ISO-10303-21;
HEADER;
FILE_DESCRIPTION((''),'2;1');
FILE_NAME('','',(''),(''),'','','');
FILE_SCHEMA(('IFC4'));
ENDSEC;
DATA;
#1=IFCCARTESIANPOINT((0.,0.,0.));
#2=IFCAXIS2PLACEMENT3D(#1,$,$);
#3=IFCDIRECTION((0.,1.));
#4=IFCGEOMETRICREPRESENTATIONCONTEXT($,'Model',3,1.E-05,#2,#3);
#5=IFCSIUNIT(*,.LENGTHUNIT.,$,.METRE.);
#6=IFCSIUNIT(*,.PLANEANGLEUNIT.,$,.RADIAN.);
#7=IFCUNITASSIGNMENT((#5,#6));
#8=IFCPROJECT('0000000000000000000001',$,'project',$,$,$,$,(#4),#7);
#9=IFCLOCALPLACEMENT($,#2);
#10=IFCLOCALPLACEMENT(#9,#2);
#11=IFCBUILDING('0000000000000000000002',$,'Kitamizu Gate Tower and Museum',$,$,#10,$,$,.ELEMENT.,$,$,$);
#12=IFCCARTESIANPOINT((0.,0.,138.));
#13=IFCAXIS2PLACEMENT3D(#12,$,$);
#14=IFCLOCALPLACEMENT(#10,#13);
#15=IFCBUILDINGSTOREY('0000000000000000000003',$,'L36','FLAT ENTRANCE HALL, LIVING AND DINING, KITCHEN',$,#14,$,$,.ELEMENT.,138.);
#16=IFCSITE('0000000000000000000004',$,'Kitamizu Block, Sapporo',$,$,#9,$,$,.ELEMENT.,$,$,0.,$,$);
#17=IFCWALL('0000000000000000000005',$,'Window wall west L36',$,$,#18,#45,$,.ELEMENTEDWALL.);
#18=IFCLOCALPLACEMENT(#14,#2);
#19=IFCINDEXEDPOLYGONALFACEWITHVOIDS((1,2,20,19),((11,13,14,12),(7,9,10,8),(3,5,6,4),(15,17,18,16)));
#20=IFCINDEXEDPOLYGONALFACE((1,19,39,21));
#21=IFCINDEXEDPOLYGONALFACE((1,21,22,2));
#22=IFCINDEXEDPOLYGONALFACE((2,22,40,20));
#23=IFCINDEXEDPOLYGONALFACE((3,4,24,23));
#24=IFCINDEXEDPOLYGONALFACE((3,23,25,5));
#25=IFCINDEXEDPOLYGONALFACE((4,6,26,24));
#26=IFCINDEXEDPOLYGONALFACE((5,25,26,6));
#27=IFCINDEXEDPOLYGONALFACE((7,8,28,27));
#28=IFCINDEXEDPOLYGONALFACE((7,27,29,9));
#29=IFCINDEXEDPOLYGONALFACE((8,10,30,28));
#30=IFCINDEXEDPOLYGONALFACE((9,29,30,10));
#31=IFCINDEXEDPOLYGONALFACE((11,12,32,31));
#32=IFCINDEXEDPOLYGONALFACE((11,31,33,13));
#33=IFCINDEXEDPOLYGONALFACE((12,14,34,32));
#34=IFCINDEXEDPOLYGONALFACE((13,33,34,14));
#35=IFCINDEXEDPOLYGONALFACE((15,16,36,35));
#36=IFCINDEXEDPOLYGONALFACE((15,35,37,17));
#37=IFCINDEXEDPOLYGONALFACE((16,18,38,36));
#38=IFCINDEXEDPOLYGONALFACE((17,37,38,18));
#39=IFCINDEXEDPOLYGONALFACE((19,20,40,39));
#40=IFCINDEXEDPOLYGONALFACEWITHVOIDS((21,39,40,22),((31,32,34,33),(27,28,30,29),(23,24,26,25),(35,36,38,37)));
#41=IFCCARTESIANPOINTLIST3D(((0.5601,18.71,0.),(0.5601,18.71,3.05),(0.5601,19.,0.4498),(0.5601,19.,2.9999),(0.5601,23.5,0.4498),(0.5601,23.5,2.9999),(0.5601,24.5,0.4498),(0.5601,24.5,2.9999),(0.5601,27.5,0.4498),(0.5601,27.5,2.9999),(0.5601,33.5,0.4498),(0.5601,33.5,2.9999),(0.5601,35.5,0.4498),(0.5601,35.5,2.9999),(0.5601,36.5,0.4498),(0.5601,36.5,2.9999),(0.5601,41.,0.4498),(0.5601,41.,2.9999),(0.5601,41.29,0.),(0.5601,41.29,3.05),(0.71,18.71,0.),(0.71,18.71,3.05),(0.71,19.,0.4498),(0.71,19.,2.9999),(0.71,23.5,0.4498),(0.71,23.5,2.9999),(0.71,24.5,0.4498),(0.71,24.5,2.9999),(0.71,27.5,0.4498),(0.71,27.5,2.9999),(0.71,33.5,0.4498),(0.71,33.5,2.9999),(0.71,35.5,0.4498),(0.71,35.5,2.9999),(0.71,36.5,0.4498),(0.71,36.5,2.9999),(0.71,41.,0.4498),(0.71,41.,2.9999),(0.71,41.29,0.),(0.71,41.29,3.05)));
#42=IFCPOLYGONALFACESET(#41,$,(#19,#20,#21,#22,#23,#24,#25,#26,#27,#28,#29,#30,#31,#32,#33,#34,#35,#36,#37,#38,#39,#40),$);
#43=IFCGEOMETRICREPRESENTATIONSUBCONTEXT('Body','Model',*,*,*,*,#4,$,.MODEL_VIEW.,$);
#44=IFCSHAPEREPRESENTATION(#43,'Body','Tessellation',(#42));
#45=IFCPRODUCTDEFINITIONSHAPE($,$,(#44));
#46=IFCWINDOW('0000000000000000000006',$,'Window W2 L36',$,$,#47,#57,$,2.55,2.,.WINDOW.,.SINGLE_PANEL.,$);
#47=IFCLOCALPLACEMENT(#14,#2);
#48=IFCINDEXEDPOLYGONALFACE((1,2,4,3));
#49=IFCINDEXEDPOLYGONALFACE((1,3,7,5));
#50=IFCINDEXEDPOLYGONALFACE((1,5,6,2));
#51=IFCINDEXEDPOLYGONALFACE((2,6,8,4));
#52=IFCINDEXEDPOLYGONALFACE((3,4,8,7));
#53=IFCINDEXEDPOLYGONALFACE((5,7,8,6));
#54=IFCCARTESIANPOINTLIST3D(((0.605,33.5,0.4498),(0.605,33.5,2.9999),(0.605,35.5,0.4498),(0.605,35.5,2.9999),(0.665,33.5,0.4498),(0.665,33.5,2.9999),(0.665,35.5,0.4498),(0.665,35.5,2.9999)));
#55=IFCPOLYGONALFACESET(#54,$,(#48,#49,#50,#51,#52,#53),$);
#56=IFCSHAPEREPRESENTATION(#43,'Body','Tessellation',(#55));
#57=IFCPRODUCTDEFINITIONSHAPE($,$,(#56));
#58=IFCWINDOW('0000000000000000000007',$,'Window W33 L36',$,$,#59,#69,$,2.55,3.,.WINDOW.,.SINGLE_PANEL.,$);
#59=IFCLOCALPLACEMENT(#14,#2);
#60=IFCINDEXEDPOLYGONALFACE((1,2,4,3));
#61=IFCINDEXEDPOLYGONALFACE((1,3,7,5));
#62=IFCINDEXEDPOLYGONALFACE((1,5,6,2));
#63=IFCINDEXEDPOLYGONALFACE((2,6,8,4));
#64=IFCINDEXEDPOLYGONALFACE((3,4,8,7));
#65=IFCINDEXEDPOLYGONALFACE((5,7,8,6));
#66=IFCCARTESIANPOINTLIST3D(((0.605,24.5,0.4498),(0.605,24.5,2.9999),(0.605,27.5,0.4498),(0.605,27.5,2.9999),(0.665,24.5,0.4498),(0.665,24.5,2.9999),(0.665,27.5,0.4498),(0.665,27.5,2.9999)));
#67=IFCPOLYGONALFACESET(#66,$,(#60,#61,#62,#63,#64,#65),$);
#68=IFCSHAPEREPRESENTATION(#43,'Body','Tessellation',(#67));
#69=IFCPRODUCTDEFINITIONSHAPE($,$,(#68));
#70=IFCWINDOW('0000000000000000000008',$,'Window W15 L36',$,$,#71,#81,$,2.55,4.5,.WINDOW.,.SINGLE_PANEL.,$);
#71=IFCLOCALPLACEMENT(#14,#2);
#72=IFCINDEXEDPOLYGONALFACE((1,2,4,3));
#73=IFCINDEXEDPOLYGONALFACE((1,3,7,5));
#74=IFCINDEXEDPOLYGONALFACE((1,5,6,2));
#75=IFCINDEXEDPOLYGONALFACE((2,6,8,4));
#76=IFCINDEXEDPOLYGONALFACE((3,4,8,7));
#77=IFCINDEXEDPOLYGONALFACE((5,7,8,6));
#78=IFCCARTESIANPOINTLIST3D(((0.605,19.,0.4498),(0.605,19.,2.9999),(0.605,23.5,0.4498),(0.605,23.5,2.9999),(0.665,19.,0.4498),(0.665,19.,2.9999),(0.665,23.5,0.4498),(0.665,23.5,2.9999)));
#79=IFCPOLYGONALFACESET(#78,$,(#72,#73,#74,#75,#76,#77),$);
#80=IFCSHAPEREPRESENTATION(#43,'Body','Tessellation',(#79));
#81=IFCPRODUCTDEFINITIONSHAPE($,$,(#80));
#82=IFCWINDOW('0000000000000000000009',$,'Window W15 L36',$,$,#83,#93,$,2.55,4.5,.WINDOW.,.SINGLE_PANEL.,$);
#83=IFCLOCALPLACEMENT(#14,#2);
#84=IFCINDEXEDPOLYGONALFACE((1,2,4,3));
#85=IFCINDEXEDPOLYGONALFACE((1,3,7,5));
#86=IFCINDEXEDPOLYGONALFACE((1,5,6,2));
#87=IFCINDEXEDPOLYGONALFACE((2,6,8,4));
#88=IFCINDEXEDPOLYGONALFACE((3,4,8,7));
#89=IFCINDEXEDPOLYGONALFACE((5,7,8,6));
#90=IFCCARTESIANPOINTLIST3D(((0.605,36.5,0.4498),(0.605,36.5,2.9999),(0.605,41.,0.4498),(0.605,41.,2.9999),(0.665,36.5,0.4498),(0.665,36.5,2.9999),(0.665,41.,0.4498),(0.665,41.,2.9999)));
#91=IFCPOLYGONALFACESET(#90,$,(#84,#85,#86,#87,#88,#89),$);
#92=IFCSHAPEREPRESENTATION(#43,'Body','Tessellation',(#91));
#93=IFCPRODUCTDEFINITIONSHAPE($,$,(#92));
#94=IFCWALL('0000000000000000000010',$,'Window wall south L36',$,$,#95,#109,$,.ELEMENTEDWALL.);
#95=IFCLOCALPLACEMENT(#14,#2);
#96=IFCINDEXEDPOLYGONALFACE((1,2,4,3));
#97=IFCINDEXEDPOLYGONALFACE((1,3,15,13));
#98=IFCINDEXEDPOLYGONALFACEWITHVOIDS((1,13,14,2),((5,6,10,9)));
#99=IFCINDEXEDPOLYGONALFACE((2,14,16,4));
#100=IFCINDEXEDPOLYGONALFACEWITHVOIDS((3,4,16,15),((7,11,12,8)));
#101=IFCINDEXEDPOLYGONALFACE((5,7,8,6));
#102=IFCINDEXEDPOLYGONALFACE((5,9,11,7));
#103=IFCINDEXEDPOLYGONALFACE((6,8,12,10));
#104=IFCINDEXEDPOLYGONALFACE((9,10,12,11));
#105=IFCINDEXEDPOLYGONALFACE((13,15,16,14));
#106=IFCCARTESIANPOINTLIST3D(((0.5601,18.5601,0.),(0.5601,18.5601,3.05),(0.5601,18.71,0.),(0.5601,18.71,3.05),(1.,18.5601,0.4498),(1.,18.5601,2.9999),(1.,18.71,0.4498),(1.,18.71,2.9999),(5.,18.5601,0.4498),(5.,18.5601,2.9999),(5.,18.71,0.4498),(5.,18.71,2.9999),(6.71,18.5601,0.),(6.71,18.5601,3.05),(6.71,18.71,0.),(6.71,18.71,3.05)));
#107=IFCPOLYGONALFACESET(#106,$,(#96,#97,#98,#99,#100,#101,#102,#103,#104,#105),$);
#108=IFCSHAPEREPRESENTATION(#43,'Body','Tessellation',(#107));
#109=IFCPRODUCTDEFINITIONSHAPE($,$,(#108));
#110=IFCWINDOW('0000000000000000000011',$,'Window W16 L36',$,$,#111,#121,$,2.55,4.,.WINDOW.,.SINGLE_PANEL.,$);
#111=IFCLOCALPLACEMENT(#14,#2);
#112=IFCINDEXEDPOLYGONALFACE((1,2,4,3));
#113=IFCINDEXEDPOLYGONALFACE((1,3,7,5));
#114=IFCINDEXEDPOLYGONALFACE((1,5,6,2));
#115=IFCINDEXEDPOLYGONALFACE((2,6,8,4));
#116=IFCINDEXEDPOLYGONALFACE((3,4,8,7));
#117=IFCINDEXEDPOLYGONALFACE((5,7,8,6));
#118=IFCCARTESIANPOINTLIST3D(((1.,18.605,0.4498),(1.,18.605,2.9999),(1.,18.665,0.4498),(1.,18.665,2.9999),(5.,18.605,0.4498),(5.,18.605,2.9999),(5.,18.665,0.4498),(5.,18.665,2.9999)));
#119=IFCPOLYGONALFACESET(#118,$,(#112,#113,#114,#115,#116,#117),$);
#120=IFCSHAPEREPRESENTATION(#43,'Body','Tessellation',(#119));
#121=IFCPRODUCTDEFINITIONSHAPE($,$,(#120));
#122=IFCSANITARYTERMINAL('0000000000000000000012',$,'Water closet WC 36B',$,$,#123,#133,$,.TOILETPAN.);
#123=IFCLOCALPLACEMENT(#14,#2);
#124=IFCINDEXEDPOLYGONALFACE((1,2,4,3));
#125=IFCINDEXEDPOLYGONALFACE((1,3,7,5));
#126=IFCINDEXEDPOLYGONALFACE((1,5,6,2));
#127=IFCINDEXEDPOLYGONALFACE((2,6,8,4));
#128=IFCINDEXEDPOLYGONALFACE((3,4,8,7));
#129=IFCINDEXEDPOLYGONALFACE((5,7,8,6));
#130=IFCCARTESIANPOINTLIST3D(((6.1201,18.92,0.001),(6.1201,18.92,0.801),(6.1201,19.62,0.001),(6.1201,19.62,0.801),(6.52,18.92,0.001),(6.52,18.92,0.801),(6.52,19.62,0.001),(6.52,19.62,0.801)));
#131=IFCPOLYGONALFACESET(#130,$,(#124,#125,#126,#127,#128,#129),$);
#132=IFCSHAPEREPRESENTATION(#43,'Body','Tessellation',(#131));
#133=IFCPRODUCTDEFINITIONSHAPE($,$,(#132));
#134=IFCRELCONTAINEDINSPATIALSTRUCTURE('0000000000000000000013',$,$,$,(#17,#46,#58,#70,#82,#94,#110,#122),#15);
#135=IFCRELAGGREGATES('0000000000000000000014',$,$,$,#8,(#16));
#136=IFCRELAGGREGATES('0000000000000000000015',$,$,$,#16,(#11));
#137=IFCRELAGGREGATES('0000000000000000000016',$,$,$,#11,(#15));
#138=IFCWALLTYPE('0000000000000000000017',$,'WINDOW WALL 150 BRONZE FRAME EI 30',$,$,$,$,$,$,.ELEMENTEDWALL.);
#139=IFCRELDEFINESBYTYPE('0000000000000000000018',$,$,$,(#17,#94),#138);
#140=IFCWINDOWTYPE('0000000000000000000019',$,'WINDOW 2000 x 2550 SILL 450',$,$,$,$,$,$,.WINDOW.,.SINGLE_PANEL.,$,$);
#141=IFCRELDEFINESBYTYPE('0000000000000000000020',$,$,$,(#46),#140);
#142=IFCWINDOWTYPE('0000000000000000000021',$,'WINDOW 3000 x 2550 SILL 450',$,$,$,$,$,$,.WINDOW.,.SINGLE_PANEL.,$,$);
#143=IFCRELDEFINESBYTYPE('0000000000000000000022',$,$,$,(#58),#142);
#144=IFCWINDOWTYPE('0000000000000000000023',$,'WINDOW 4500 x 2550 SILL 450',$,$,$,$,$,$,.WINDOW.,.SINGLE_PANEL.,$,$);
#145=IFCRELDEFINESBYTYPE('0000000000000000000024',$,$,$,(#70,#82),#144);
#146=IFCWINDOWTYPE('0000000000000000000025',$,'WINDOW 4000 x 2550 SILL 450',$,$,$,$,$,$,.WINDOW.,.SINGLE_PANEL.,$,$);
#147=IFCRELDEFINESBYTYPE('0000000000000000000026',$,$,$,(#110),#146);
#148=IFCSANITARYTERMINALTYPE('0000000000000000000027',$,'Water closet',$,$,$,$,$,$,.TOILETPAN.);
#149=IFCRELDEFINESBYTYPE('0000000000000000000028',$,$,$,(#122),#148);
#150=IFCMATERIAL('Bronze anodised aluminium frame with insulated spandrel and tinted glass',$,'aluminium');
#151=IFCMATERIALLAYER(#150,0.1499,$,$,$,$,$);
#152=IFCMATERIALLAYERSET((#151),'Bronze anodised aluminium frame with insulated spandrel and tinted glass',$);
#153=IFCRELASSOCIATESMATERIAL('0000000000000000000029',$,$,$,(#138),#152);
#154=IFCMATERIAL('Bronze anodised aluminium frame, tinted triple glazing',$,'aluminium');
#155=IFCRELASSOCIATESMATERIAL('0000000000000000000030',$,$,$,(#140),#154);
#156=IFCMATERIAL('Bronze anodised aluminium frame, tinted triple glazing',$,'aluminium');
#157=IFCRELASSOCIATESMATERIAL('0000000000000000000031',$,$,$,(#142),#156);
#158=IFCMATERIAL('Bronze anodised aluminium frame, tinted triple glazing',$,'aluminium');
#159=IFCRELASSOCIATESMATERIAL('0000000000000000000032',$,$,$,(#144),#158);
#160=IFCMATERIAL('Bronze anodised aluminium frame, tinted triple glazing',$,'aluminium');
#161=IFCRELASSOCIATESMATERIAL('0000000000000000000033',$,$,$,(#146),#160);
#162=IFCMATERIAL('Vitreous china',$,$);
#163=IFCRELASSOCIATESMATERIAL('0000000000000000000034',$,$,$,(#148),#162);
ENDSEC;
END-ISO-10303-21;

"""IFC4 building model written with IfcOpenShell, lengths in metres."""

from ifc_helpers import new_model, si_unit, direction, frame, frame_2d, origin, origin_2d, place, context, subcontext, project, spatial, rectangle, extrude, material, layer, layer_set, type_object, element, fill, save


model = new_model("IFC4")

# Units and contexts
model_context = context("Model", 3, precision=1e-05, world=origin(), true_north=direction((0.0, 1.0)))
body_context = subcontext(model_context, "Body", "Model", "MODEL_VIEW")
ifc_project = project(units=[si_unit("LENGTHUNIT", "METRE"), si_unit("PLANEANGLEUNIT", "RADIAN")], contexts=[model_context])

# Site, building, storey
site_placement = place(None, origin())
site = spatial("IfcSite", under=ifc_project, at=site_placement, Name="Kitamizu Block, Sapporo", CompositionType="ELEMENT", RefElevation=0.0)
building_placement = place(site_placement, origin())
building = spatial("IfcBuilding", under=site, at=building_placement, Name="Kitamizu Gate Tower and Museum", CompositionType="ELEMENT")
storey_placement = place(building_placement, frame((0.0, 0.0, 138.0)))
storey = spatial("IfcBuildingStorey", under=building, at=storey_placement, Name="L36", Description="FLAT ENTRANCE HALL, LIVING AND DINING, KITCHEN", CompositionType="ELEMENT", Elevation=138.0)

# Wall, openings, windows
ifc_material_1 = material(Name="Bronze anodised aluminium frame with insulated spandrel and tinted glass", Category="aluminium")
ifc_layer_1 = layer(ifc_material_1, 0.1499)
ifc_layer_set_1 = layer_set([ifc_layer_1], Name="Bronze anodised aluminium frame with insulated spandrel and tinted glass")
wall_type_1 = type_object("IfcWallType", Name="WINDOW WALL 150 BRONZE FRAME EI 30", PredefinedType="ELEMENTEDWALL", material=ifc_layer_set_1)
wall_1_placement = place(storey_placement, frame((0.635, 18.71, 0.0), z_axis=(0.0, 0.0, 1.0), x_axis=(0.0, 1.0, 0.0)))
wall_1 = element("IfcWall", 1, at=wall_1_placement, inside=storey, type_object=wall_type_1, Name="Window wall west L36", PredefinedType="ELEMENTEDWALL", context=body_context, shape_type="SweptSolid", body=[
    extrude(rectangle(XDim=22.5801, YDim=0.1499, at=frame_2d((11.29, 0.0))), origin(), (0.0, 0.0, 1.0), 3.05),
])
opening_1_placement = place(wall_1_placement, frame((0.29, 0.0, 0.45)))
opening_1 = element("IfcOpeningElement", 2, at=opening_1_placement, cuts=wall_1, PredefinedType="OPENING", context=body_context, shape_type="SweptSolid", body=[
    extrude(rectangle(XDim=4.5, YDim=2.55, at=frame_2d((2.25, 1.2749))), frame((0.0, 0.085, 0.0), z_axis=(0.0, -1.0, 0.0), x_axis=(1.0, 0.0, 0.0)), (0.0, 0.0, 1.0), 0.1699),
])
opening_2_placement = place(wall_1_placement, frame((5.79, 0.0, 0.45)))
opening_2 = element("IfcOpeningElement", 3, at=opening_2_placement, cuts=wall_1, PredefinedType="OPENING", context=body_context, shape_type="SweptSolid", body=[
    extrude(rectangle(XDim=3.0, YDim=2.55, at=frame_2d((1.5, 1.2749))), frame((0.0, 0.085, 0.0), z_axis=(0.0, -1.0, 0.0), x_axis=(1.0, 0.0, 0.0)), (0.0, 0.0, 1.0), 0.1699),
])
opening_3_placement = place(wall_1_placement, frame((14.79, 0.0, 0.45)))
opening_3 = element("IfcOpeningElement", 4, at=opening_3_placement, cuts=wall_1, PredefinedType="OPENING", context=body_context, shape_type="SweptSolid", body=[
    extrude(rectangle(XDim=2.0, YDim=2.55, at=frame_2d((1.0, 1.2749))), frame((0.0, 0.085, 0.0), z_axis=(0.0, -1.0, 0.0), x_axis=(1.0, 0.0, 0.0)), (0.0, 0.0, 1.0), 0.1699),
])
opening_4_placement = place(wall_1_placement, frame((17.79, 0.0, 0.45)))
opening_4 = element("IfcOpeningElement", 5, at=opening_4_placement, cuts=wall_1, PredefinedType="OPENING", context=body_context, shape_type="SweptSolid", body=[
    extrude(rectangle(XDim=4.5, YDim=2.55, at=frame_2d((2.25, 1.2749))), frame((0.0, 0.085, 0.0), z_axis=(0.0, -1.0, 0.0), x_axis=(1.0, 0.0, 0.0)), (0.0, 0.0, 1.0), 0.1699),
])
ifc_material_2 = material(Name="Bronze anodised aluminium frame, tinted triple glazing", Category="aluminium")
window_type_1 = type_object("IfcWindowType", Name="WINDOW 2000 x 2550 SILL 450", PartitioningType="SINGLE_PANEL", PredefinedType="WINDOW", material=ifc_material_2)
window_1_placement = place(opening_3_placement, origin())
window_1 = element("IfcWindow", 6, at=window_1_placement, inside=storey, type_object=window_type_1, Name="Window W2 L36", OverallHeight=2.55, OverallWidth=2.0, PartitioningType="SINGLE_PANEL", PredefinedType="WINDOW", context=body_context, shape_type="SweptSolid", body=[
    extrude(rectangle(XDim=2.0, YDim=2.55, at=frame_2d((1.0, 1.2749))), frame((0.0, 0.03, 0.0), z_axis=(0.0, -1.0, 0.0), x_axis=(1.0, 0.0, 0.0)), (0.0, 0.0, 1.0), 0.0601),
])
fill(opening_3, window_1)
ifc_material_3 = material(Name="Bronze anodised aluminium frame, tinted triple glazing", Category="aluminium")
window_type_2 = type_object("IfcWindowType", Name="WINDOW 3000 x 2550 SILL 450", PartitioningType="SINGLE_PANEL", PredefinedType="WINDOW", material=ifc_material_3)
window_2_placement = place(opening_2_placement, origin())
window_2 = element("IfcWindow", 7, at=window_2_placement, inside=storey, type_object=window_type_2, Name="Window W33 L36", OverallHeight=2.55, OverallWidth=3.0, PartitioningType="SINGLE_PANEL", PredefinedType="WINDOW", context=body_context, shape_type="SweptSolid", body=[
    extrude(rectangle(XDim=3.0, YDim=2.55, at=frame_2d((1.5, 1.2749))), frame((0.0, 0.03, 0.0), z_axis=(0.0, -1.0, 0.0), x_axis=(1.0, 0.0, 0.0)), (0.0, 0.0, 1.0), 0.0601),
])
fill(opening_2, window_2)
ifc_material_4 = material(Name="Bronze anodised aluminium frame, tinted triple glazing", Category="aluminium")
window_type_3 = type_object("IfcWindowType", Name="WINDOW 4500 x 2550 SILL 450", PartitioningType="SINGLE_PANEL", PredefinedType="WINDOW", material=ifc_material_4)
window_3_placement = place(opening_1_placement, origin())
window_3 = element("IfcWindow", 8, at=window_3_placement, inside=storey, type_object=window_type_3, Name="Window W15 L36", OverallHeight=2.55, OverallWidth=4.5, PartitioningType="SINGLE_PANEL", PredefinedType="WINDOW", context=body_context, shape_type="SweptSolid", body=[
    extrude(rectangle(XDim=4.5, YDim=2.55, at=frame_2d((2.25, 1.2749))), frame((0.0, 0.03, 0.0), z_axis=(0.0, -1.0, 0.0), x_axis=(1.0, 0.0, 0.0)), (0.0, 0.0, 1.0), 0.0601),
])
fill(opening_1, window_3)
window_4_placement = place(opening_4_placement, origin())
window_4 = element("IfcWindow", 9, at=window_4_placement, inside=storey, type_object=window_type_3, Name="Window W15 L36", OverallHeight=2.55, OverallWidth=4.5, PartitioningType="SINGLE_PANEL", PredefinedType="WINDOW", context=body_context, shape_type="SweptSolid", body=[
    extrude(rectangle(XDim=4.5, YDim=2.55, at=frame_2d((2.25, 1.2749))), frame((0.0, 0.03, 0.0), z_axis=(0.0, -1.0, 0.0), x_axis=(1.0, 0.0, 0.0)), (0.0, 0.0, 1.0), 0.0601),
])
fill(opening_4, window_4)

# Wall, opening, window
wall_2_placement = place(storey_placement, frame((0.5601, 18.635, 0.0), z_axis=(0.0, 0.0, 1.0), x_axis=(1.0, 0.0, 0.0)))
wall_2 = element("IfcWall", 10, at=wall_2_placement, inside=storey, type_object=wall_type_1, Name="Window wall south L36", PredefinedType="ELEMENTEDWALL", context=body_context, shape_type="SweptSolid", body=[
    extrude(rectangle(XDim=6.1499, YDim=0.1499, at=frame_2d((3.075, 0.0))), origin(), (0.0, 0.0, 1.0), 3.05),
])
opening_5_placement = place(wall_2_placement, frame((0.4399, 0.0, 0.45)))
opening_5 = element("IfcOpeningElement", 11, at=opening_5_placement, cuts=wall_2, PredefinedType="OPENING", context=body_context, shape_type="SweptSolid", body=[
    extrude(rectangle(XDim=4.0, YDim=2.55, at=frame_2d((2.0, 1.2749))), frame((0.0, 0.085, 0.0), z_axis=(0.0, -1.0, 0.0), x_axis=(1.0, 0.0, 0.0)), (0.0, 0.0, 1.0), 0.1699),
])
ifc_material_5 = material(Name="Bronze anodised aluminium frame, tinted triple glazing", Category="aluminium")
window_type_4 = type_object("IfcWindowType", Name="WINDOW 4000 x 2550 SILL 450", PartitioningType="SINGLE_PANEL", PredefinedType="WINDOW", material=ifc_material_5)
window_5_placement = place(opening_5_placement, origin())
window_5 = element("IfcWindow", 12, at=window_5_placement, inside=storey, type_object=window_type_4, Name="Window W16 L36", OverallHeight=2.55, OverallWidth=4.0, PartitioningType="SINGLE_PANEL", PredefinedType="WINDOW", context=body_context, shape_type="SweptSolid", body=[
    extrude(rectangle(XDim=4.0, YDim=2.55, at=frame_2d((2.0, 1.2749))), frame((0.0, 0.03, 0.0), z_axis=(0.0, -1.0, 0.0), x_axis=(1.0, 0.0, 0.0)), (0.0, 0.0, 1.0), 0.0601),
])
fill(opening_5, window_5)

# Sanitary terminal
ifc_material_6 = material(Name="Vitreous china")
sanitary_terminal_type = type_object("IfcSanitaryTerminalType", Name="Water closet", PredefinedType="TOILETPAN", material=ifc_material_6)
sanitary_terminal_placement = place(storey_placement, frame((6.3201, 19.27, 0.001), z_axis=(0.0, 0.0, 1.0), x_axis=(1.0, 0.0, 0.0)))
element("IfcSanitaryTerminal", 13, at=sanitary_terminal_placement, inside=storey, type_object=sanitary_terminal_type, Name="Water closet WC 36B", PredefinedType="TOILETPAN", context=body_context, shape_type="SweptSolid", body=[
    extrude(rectangle(XDim=0.3999, YDim=0.7, at=origin_2d()), origin(), (0.0, 0.0, 1.0), 0.8),
])

save(model, "model.ifc")
